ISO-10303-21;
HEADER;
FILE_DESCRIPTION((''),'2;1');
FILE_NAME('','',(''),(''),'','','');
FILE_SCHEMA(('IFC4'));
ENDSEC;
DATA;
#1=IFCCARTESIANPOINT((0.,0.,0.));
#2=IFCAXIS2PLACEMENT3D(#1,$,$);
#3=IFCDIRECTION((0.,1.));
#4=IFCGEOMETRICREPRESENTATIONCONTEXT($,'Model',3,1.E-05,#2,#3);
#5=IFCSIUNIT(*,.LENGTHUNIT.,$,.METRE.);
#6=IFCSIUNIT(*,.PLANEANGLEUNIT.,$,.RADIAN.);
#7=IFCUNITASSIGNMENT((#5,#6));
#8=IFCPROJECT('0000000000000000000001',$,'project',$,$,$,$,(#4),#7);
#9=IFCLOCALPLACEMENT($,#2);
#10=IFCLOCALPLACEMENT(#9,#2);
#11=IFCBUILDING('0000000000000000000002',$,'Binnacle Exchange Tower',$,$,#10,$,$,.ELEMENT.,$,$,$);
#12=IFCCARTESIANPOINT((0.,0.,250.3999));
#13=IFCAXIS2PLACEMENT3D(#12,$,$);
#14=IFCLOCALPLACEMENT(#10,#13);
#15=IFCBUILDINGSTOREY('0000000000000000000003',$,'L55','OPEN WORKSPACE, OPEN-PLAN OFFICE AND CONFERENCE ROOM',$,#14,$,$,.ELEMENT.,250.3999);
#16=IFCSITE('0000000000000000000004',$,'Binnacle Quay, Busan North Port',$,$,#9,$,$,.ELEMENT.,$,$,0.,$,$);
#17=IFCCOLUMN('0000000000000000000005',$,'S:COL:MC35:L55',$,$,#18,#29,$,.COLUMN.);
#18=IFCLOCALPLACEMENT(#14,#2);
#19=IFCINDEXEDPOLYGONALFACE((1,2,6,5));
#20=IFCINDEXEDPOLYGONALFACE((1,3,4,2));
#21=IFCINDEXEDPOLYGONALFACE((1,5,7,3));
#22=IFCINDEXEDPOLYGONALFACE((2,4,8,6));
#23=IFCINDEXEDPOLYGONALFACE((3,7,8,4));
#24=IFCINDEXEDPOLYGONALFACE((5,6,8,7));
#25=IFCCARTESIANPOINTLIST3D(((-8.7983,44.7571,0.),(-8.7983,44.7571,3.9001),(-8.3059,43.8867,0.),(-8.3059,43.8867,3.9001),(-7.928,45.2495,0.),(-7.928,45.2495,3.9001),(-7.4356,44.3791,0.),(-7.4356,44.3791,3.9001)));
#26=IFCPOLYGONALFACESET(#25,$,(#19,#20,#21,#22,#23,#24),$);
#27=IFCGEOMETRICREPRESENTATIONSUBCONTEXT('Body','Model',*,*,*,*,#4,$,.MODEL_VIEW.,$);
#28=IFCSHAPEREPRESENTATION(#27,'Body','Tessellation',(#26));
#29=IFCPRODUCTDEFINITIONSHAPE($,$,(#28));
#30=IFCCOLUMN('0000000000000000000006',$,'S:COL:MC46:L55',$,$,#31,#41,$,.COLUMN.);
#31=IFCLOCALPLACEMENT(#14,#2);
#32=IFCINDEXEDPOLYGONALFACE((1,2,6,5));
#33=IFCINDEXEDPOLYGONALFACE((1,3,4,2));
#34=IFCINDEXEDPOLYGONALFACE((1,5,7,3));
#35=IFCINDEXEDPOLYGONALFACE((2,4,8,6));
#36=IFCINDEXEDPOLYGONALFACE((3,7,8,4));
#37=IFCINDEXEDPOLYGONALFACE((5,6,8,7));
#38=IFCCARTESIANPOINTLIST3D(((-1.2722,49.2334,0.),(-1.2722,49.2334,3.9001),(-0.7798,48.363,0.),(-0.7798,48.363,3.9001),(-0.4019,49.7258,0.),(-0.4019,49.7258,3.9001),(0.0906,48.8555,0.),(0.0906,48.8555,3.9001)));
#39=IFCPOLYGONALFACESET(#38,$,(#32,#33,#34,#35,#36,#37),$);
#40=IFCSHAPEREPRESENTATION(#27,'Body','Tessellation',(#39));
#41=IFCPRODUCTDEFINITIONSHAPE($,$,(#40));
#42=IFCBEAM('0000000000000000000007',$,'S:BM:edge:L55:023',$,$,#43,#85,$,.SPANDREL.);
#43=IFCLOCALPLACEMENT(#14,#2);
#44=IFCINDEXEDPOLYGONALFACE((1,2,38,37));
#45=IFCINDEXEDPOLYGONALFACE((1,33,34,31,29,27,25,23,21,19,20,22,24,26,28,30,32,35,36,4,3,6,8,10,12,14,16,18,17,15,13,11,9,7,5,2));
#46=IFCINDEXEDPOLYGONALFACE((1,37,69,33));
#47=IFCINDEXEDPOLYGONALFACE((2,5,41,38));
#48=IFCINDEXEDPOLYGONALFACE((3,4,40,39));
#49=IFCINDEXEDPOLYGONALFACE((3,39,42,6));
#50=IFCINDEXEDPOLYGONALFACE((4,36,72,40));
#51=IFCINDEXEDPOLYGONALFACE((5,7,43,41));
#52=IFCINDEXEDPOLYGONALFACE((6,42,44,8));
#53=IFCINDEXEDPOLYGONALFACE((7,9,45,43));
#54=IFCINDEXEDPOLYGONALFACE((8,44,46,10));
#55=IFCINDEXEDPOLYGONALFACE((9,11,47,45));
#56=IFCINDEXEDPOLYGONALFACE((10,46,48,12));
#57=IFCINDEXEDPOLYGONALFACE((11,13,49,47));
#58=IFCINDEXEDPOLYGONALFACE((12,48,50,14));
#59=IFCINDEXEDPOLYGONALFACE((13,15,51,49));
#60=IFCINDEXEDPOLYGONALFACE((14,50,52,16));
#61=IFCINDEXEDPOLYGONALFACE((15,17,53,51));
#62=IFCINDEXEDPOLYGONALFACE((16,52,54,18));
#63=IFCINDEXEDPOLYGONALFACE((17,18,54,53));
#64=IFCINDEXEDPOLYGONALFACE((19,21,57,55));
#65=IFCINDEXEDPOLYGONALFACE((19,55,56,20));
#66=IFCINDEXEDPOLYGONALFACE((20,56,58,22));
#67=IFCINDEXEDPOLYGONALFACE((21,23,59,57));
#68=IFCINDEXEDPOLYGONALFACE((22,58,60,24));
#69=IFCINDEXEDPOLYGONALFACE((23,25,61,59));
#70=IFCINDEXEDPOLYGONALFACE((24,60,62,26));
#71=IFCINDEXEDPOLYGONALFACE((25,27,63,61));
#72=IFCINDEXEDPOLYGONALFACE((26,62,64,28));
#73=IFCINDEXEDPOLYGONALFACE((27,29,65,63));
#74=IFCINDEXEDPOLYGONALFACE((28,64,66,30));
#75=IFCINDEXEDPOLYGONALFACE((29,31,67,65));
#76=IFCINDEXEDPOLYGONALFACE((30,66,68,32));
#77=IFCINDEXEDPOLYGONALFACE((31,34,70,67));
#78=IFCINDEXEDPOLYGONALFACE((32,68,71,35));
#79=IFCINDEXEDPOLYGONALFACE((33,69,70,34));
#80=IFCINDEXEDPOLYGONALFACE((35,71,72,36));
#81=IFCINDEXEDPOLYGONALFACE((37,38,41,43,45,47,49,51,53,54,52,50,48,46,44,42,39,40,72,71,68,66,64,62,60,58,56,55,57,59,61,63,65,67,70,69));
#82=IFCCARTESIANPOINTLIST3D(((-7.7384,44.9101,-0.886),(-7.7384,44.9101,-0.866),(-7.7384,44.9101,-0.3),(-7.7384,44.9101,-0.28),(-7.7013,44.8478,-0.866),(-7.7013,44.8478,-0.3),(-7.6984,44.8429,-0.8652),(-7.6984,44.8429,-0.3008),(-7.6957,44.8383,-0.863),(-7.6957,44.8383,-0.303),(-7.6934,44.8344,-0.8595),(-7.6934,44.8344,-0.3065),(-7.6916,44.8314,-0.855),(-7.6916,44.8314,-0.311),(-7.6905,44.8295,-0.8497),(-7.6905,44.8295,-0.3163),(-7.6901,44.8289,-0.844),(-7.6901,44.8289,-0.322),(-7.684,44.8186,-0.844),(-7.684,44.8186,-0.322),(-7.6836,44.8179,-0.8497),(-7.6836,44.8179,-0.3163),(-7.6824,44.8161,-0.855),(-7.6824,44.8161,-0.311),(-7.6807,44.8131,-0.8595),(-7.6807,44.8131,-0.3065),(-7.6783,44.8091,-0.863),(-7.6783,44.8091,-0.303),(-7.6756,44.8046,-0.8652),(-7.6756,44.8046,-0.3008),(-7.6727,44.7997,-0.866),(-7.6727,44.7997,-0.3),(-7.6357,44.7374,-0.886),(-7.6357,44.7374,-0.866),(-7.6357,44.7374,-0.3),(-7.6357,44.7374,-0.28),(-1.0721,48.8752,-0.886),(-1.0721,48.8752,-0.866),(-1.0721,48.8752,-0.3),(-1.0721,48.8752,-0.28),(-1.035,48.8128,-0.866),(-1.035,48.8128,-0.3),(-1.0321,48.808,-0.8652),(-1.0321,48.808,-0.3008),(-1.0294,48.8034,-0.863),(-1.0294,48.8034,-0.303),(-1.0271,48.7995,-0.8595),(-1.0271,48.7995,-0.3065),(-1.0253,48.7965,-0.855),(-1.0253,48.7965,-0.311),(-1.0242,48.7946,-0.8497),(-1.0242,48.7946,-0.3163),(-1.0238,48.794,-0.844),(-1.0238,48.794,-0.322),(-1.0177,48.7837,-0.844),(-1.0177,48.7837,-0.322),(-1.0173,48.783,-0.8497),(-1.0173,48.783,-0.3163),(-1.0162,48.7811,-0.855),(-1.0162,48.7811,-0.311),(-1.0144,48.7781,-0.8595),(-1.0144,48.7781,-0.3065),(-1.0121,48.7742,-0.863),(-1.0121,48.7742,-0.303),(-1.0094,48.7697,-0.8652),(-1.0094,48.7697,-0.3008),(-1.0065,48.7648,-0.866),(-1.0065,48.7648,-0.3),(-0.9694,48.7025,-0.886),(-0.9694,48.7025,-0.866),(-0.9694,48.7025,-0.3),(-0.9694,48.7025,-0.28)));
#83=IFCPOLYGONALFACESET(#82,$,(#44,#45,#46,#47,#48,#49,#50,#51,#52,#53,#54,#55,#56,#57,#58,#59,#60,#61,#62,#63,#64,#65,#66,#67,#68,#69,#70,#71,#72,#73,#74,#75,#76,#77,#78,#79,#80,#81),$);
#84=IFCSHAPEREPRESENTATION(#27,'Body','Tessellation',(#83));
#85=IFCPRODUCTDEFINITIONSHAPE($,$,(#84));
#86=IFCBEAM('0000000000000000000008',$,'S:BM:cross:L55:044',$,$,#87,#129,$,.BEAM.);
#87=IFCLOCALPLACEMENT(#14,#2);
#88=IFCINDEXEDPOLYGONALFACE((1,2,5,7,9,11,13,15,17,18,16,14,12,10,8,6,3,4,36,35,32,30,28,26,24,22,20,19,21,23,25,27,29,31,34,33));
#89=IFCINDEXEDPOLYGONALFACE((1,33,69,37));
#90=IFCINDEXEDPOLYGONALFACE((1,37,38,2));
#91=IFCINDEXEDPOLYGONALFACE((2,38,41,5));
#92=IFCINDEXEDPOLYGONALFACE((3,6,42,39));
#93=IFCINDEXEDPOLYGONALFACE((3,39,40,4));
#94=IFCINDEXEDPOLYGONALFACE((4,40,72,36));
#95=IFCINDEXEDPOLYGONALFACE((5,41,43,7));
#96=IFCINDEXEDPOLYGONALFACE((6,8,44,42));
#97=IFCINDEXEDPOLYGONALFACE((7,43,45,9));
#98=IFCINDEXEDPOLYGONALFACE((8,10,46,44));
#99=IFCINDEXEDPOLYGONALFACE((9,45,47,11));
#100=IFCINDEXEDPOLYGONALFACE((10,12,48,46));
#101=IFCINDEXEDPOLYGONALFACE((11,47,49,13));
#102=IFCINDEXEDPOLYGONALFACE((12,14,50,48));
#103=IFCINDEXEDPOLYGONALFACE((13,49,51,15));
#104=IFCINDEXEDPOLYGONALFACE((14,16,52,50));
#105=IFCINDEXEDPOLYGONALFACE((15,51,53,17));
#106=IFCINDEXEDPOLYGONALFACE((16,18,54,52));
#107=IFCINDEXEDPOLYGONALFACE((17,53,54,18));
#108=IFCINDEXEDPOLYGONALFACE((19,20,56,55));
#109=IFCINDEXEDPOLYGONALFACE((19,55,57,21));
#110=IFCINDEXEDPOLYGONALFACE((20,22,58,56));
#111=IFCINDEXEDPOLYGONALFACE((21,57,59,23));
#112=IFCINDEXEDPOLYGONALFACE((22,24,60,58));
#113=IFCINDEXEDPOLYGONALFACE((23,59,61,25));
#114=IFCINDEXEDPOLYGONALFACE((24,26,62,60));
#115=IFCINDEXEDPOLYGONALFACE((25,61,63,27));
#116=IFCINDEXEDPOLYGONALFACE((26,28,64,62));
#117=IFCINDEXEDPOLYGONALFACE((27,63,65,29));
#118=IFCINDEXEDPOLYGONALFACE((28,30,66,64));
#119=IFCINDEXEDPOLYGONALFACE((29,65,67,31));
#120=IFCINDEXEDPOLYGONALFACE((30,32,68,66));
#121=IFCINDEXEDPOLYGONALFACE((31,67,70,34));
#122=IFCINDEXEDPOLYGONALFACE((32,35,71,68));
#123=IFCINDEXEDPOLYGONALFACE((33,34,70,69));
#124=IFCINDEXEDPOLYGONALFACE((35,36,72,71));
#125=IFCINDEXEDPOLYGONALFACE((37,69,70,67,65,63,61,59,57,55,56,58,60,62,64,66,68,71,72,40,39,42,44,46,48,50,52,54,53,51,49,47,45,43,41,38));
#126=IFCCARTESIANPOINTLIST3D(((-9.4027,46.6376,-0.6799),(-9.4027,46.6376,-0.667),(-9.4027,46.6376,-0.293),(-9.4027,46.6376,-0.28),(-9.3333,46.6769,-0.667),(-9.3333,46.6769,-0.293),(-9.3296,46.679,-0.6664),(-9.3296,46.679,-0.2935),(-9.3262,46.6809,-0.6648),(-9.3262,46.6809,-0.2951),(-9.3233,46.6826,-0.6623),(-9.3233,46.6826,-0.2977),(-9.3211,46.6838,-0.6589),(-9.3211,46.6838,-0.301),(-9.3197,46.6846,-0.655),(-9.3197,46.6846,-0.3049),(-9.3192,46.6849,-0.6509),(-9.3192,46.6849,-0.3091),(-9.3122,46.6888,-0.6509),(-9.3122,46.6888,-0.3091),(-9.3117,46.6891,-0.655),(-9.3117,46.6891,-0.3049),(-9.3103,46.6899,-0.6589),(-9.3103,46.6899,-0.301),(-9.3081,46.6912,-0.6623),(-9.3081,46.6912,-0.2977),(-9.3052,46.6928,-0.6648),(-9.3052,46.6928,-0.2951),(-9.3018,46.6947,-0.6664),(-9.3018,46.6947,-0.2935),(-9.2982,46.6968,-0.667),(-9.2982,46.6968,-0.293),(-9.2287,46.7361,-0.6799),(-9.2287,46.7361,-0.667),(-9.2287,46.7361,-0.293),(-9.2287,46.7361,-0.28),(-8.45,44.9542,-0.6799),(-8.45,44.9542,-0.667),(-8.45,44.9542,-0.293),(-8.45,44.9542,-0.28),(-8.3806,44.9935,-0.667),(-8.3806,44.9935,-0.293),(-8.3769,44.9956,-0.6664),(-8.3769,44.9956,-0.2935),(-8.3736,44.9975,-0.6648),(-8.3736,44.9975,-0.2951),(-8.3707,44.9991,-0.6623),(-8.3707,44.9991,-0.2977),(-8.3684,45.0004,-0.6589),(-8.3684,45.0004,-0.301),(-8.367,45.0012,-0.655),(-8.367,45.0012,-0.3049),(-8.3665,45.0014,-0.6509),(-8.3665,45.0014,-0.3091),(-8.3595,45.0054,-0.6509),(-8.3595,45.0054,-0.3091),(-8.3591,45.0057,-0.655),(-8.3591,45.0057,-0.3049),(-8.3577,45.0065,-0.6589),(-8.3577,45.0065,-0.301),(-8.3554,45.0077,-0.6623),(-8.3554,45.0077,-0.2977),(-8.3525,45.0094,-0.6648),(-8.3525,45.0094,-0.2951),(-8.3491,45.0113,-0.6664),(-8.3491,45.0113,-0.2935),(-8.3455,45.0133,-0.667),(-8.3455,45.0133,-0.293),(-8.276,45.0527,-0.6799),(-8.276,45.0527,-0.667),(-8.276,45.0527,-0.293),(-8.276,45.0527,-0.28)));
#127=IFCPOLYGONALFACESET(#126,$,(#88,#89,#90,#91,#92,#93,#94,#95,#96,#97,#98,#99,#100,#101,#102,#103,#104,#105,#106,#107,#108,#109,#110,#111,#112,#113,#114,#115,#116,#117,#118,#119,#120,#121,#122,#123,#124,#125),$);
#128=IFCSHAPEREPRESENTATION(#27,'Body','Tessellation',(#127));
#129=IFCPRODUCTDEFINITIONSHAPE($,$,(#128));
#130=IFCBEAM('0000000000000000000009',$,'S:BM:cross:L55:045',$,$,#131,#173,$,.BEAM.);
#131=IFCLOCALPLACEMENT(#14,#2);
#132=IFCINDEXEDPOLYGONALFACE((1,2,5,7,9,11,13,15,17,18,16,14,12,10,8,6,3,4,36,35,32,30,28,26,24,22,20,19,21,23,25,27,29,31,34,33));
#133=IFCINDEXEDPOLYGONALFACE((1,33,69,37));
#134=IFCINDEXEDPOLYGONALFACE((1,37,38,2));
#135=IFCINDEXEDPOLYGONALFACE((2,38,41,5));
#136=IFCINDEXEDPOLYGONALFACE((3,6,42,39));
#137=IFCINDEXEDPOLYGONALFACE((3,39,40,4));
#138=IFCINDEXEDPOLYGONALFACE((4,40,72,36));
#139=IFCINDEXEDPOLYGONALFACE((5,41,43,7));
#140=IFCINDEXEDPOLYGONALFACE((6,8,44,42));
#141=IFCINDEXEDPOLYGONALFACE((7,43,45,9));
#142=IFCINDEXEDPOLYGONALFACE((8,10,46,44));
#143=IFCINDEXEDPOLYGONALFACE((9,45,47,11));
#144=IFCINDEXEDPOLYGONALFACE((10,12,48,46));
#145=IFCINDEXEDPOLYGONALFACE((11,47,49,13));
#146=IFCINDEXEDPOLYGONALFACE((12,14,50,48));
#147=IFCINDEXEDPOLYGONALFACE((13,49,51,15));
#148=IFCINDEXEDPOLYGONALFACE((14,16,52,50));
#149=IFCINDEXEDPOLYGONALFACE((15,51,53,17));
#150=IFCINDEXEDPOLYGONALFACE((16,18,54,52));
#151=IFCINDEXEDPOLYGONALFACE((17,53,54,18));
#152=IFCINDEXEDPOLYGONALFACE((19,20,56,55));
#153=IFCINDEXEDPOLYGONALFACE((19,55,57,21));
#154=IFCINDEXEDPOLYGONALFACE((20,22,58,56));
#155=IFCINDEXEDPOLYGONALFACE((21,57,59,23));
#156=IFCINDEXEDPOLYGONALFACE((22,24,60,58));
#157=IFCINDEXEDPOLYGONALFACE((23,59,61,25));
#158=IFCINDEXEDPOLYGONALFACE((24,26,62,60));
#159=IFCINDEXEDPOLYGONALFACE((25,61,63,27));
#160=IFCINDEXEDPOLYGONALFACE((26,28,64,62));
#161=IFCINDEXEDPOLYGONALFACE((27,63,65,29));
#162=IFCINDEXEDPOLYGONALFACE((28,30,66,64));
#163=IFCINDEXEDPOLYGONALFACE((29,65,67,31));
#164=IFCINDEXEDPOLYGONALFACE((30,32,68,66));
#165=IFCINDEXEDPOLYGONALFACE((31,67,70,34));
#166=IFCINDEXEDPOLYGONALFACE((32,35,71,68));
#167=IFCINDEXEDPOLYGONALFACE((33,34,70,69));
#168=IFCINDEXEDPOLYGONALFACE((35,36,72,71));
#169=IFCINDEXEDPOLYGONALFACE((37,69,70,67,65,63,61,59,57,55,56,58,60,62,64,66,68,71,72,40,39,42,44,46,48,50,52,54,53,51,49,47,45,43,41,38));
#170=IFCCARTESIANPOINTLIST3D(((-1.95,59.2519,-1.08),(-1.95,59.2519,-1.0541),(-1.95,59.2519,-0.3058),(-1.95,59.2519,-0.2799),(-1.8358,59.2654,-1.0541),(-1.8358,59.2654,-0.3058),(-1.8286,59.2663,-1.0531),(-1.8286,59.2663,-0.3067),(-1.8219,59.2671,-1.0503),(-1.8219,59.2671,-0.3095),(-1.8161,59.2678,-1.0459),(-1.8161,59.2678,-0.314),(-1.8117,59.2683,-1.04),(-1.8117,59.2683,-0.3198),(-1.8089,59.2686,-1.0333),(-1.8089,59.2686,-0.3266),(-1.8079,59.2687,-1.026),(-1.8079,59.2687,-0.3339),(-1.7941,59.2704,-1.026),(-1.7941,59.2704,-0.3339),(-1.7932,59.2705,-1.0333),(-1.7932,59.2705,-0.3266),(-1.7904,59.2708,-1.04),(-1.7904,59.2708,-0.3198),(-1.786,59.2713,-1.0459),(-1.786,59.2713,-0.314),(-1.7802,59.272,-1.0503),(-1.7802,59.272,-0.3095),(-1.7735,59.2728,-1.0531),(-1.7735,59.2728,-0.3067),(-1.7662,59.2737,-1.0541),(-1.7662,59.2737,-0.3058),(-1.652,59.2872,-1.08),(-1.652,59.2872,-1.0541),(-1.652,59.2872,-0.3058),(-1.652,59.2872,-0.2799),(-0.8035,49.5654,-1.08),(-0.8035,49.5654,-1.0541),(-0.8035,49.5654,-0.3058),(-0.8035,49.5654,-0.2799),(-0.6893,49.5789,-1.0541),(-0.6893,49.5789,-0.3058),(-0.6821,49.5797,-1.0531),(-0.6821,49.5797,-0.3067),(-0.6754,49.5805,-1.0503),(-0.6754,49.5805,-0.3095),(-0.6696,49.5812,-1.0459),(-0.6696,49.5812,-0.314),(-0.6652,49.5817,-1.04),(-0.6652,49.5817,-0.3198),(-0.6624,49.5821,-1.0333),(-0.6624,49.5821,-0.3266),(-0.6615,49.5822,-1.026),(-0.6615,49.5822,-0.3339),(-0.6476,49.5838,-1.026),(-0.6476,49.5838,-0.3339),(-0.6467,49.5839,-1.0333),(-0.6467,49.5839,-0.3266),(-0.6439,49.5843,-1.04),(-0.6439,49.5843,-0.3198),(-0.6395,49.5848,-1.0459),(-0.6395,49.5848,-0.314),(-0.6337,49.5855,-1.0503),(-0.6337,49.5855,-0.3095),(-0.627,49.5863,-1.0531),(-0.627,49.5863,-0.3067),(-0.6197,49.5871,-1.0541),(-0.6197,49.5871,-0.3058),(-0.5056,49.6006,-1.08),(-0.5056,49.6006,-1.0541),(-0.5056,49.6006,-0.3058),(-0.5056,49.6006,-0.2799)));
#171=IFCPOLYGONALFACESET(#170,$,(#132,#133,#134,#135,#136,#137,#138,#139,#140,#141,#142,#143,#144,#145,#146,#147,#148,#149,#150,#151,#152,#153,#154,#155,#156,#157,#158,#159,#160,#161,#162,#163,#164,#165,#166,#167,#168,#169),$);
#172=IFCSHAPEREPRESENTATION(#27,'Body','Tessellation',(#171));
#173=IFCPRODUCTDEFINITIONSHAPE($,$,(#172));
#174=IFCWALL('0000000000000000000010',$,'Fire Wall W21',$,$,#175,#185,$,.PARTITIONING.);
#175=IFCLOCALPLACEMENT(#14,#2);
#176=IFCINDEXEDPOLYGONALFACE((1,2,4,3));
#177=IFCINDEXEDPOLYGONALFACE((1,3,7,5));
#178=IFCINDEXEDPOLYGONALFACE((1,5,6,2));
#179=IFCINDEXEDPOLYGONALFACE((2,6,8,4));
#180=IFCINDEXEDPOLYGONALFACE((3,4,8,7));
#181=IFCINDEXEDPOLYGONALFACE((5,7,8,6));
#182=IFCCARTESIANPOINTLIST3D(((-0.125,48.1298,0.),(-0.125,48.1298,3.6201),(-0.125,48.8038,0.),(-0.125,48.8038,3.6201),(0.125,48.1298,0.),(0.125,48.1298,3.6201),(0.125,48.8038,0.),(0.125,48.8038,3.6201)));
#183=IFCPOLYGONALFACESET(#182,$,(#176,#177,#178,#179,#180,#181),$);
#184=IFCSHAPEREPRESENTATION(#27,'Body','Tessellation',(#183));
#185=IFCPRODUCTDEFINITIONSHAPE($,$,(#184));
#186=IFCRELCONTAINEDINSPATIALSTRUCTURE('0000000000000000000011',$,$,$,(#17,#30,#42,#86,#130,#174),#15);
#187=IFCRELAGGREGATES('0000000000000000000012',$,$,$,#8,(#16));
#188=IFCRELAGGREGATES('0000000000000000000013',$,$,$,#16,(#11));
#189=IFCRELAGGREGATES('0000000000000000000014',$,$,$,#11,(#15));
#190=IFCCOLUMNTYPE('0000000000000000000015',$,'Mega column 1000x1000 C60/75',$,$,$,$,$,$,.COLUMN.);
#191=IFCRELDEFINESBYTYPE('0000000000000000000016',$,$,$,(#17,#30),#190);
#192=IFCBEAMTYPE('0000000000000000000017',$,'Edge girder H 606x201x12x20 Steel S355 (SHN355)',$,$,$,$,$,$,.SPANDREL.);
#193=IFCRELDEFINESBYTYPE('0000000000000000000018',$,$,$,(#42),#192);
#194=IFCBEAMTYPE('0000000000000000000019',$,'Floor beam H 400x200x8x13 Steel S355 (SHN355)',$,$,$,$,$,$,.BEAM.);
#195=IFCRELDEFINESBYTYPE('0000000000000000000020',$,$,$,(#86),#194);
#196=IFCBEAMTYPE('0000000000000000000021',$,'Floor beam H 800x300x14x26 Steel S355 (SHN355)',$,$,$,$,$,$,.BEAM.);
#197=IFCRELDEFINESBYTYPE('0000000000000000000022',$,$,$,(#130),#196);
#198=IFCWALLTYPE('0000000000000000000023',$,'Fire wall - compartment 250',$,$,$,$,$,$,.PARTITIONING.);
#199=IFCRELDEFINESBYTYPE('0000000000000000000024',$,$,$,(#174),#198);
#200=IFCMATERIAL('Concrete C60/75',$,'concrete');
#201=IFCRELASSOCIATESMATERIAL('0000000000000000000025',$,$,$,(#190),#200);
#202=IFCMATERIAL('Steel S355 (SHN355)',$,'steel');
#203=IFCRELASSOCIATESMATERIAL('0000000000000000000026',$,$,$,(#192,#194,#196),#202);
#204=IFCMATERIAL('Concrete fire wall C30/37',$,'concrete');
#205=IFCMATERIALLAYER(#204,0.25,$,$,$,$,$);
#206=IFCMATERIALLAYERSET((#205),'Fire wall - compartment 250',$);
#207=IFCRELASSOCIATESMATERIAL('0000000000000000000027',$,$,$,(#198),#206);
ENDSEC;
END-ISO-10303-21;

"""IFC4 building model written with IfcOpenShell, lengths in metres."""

from ifc_helpers import new_model, si_unit, direction, frame, frame_2d, origin, origin_2d, place, context, subcontext, project, spatial, rectangle, i_section, extrude, material, layer, layer_set, material_profile, profile_set, type_object, element, save


model = new_model("IFC4")

# Units and contexts
model_context = context("Model", 3, precision=1e-05, world=origin(), true_north=direction((0.0, 1.0)))
body_context = subcontext(model_context, "Body", "Model", "MODEL_VIEW")
ifc_project = project(units=[si_unit("LENGTHUNIT", "METRE"), si_unit("PLANEANGLEUNIT", "RADIAN")], contexts=[model_context])

# Site, building, storey
site_placement = place(None, origin())
site = spatial("IfcSite", under=ifc_project, at=site_placement, Name="Binnacle Quay, Busan North Port", CompositionType="ELEMENT", RefElevation=0.0)
building_placement = place(site_placement, origin())
building = spatial("IfcBuilding", under=site, at=building_placement, Name="Binnacle Exchange Tower", CompositionType="ELEMENT")
storey_placement = place(building_placement, frame((0.0, 0.0, 250.3999)))
storey = spatial("IfcBuildingStorey", under=building, at=storey_placement, Name="L55", Description="OPEN WORKSPACE, OPEN-PLAN OFFICE AND CONFERENCE ROOM", CompositionType="ELEMENT", Elevation=250.3999)

# Columns
ifc_material_1 = material(Name="Concrete C60/75", Category="concrete")
ifc_material_profile_1 = material_profile(ifc_material_1, rectangle(XDim=1.0, YDim=1.0, at=origin_2d()), Name="Mega column 1000x1000 C60/75")
ifc_profile_set_1 = profile_set([ifc_material_profile_1], Name="Concrete C60/75")
column_type = type_object("IfcColumnType", Name="Mega column 1000x1000 C60/75", PredefinedType="COLUMN", material=ifc_profile_set_1)
for number, where, z_axis, x_axis, name in (
    (1, (-8.1169, 44.5681, 0.0), (0.0, 0.0, 1.0), (0.870356, 0.492424, 0.0), "S:COL:MC35:L55"),
    (2, (-0.5908, 49.0444, 0.0), (0.0, 0.0, 1.0), (0.870356, 0.492424, 0.0), "S:COL:MC46:L55"),
):
    element("IfcColumn", number, at=place(storey_placement, frame(where, z_axis=z_axis, x_axis=x_axis)), inside=storey, type_object=column_type, Name=name, PredefinedType="COLUMN", context=body_context, shape_type="SweptSolid", body=[
        extrude(rectangle(XDim=1.0, YDim=1.0, at=origin_2d()), origin(), (0.0, 0.0, 1.0), 3.9001),
    ])

# Beams
ifc_material_2 = material(Name="Steel S355 (SHN355)", Category="steel")
ifc_material_profile_2 = material_profile(ifc_material_2, i_section(OverallWidth=0.2009, OverallDepth=0.606, WebThickness=0.012, FlangeThickness=0.02, FilletRadius=0.022, at=origin_2d()), Name="H 606x201x12x20")
ifc_profile_set_2 = profile_set([ifc_material_profile_2], Name="Steel S355 (SHN355)")
beam_type_1 = type_object("IfcBeamType", Name="Edge girder H 606x201x12x20 Steel S355 (SHN355)", PredefinedType="SPANDREL", material=ifc_profile_set_2)
beam_1_placement = place(storey_placement, frame((-7.687, 44.8237, -0.583), z_axis=(0.859459, 0.511205, 0.0), x_axis=(-0.511205, 0.859459, 0.0)))
element("IfcBeam", 3, at=beam_1_placement, inside=storey, type_object=beam_type_1, Name="S:BM:edge:L55:023", PredefinedType="SPANDREL", context=body_context, shape_type="SweptSolid", body=[
    extrude(i_section(OverallWidth=0.2009, OverallDepth=0.606, WebThickness=0.012, FlangeThickness=0.02, FilletRadius=0.022, at=origin_2d()), origin(), (0.0, 0.0, 1.0), 7.7563),
])
ifc_material_profile_3 = material_profile(ifc_material_2, i_section(OverallWidth=0.2, OverallDepth=0.3999, WebThickness=0.0081, FlangeThickness=0.0129, FilletRadius=0.0161, at=origin_2d()), Name="H 400x200x8x13")
ifc_profile_set_3 = profile_set([ifc_material_profile_3], Name="Steel S355 (SHN355)")
beam_type_2 = type_object("IfcBeamType", Name="Floor beam H 400x200x8x13 Steel S355 (SHN355)", PredefinedType="BEAM", material=ifc_profile_set_3)
beam_2_placement = place(storey_placement, frame((-8.363, 45.0034, -0.48), z_axis=(-0.492519, 0.870302, 0.0), x_axis=(-0.870302, -0.492519, 0.0)))
element("IfcBeam", 4, at=beam_2_placement, inside=storey, type_object=beam_type_2, Name="S:BM:cross:L55:044", PredefinedType="BEAM", context=body_context, shape_type="SweptSolid", body=[
    extrude(i_section(OverallWidth=0.2, OverallDepth=0.3999, WebThickness=0.0081, FlangeThickness=0.0129, FilletRadius=0.0161, at=origin_2d()), origin(), (0.0, 0.0, 1.0), 1.9343),
])
ifc_material_profile_4 = material_profile(ifc_material_2, i_section(OverallWidth=0.3, OverallDepth=0.8, WebThickness=0.0139, FlangeThickness=0.0259, FilletRadius=0.0281, at=origin_2d()), Name="H 800x300x14x26")
ifc_profile_set_4 = profile_set([ifc_material_profile_4], Name="Steel S355 (SHN355)")
beam_type_3 = type_object("IfcBeamType", Name="Floor beam H 800x300x14x26 Steel S355 (SHN355)", PredefinedType="BEAM", material=ifc_profile_set_4)
beam_3_placement = place(storey_placement, frame((-0.6545, 49.583, -0.6799), z_axis=(-0.117538, 0.993068, 0.0), x_axis=(-0.993068, -0.117538, 0.0)))
element("IfcBeam", 5, at=beam_3_placement, inside=storey, type_object=beam_type_3, Name="S:BM:cross:L55:045", PredefinedType="BEAM", context=body_context, shape_type="SweptSolid", body=[
    extrude(i_section(OverallWidth=0.3, OverallDepth=0.8, WebThickness=0.0139, FlangeThickness=0.0259, FilletRadius=0.0281, at=origin_2d()), origin(), (0.0, 0.0, 1.0), 9.7542),
])

# Wall
ifc_material_3 = material(Name="Concrete fire wall C30/37", Category="concrete")
ifc_layer_1 = layer(ifc_material_3, 0.25)
ifc_layer_set_1 = layer_set([ifc_layer_1], Name="Fire wall - compartment 250")
wall_type_1 = type_object("IfcWallType", Name="Fire wall - compartment 250", PredefinedType="PARTITIONING", material=ifc_layer_set_1)
wall_1_placement = place(storey_placement, frame((0.0, 48.1299, 0.0), z_axis=(0.0, 0.0, 1.0), x_axis=(0.0, 1.0, 0.0)))
element("IfcWall", 6, at=wall_1_placement, inside=storey, type_object=wall_type_1, Name="Fire Wall W21", PredefinedType="PARTITIONING", context=body_context, shape_type="SweptSolid", body=[
    extrude(rectangle(XDim=0.6741, YDim=0.25, at=frame_2d((0.3369, 0.0))), origin(), (0.0, 0.0, 1.0), 3.6201),
])

save(model, "model.ifc")
